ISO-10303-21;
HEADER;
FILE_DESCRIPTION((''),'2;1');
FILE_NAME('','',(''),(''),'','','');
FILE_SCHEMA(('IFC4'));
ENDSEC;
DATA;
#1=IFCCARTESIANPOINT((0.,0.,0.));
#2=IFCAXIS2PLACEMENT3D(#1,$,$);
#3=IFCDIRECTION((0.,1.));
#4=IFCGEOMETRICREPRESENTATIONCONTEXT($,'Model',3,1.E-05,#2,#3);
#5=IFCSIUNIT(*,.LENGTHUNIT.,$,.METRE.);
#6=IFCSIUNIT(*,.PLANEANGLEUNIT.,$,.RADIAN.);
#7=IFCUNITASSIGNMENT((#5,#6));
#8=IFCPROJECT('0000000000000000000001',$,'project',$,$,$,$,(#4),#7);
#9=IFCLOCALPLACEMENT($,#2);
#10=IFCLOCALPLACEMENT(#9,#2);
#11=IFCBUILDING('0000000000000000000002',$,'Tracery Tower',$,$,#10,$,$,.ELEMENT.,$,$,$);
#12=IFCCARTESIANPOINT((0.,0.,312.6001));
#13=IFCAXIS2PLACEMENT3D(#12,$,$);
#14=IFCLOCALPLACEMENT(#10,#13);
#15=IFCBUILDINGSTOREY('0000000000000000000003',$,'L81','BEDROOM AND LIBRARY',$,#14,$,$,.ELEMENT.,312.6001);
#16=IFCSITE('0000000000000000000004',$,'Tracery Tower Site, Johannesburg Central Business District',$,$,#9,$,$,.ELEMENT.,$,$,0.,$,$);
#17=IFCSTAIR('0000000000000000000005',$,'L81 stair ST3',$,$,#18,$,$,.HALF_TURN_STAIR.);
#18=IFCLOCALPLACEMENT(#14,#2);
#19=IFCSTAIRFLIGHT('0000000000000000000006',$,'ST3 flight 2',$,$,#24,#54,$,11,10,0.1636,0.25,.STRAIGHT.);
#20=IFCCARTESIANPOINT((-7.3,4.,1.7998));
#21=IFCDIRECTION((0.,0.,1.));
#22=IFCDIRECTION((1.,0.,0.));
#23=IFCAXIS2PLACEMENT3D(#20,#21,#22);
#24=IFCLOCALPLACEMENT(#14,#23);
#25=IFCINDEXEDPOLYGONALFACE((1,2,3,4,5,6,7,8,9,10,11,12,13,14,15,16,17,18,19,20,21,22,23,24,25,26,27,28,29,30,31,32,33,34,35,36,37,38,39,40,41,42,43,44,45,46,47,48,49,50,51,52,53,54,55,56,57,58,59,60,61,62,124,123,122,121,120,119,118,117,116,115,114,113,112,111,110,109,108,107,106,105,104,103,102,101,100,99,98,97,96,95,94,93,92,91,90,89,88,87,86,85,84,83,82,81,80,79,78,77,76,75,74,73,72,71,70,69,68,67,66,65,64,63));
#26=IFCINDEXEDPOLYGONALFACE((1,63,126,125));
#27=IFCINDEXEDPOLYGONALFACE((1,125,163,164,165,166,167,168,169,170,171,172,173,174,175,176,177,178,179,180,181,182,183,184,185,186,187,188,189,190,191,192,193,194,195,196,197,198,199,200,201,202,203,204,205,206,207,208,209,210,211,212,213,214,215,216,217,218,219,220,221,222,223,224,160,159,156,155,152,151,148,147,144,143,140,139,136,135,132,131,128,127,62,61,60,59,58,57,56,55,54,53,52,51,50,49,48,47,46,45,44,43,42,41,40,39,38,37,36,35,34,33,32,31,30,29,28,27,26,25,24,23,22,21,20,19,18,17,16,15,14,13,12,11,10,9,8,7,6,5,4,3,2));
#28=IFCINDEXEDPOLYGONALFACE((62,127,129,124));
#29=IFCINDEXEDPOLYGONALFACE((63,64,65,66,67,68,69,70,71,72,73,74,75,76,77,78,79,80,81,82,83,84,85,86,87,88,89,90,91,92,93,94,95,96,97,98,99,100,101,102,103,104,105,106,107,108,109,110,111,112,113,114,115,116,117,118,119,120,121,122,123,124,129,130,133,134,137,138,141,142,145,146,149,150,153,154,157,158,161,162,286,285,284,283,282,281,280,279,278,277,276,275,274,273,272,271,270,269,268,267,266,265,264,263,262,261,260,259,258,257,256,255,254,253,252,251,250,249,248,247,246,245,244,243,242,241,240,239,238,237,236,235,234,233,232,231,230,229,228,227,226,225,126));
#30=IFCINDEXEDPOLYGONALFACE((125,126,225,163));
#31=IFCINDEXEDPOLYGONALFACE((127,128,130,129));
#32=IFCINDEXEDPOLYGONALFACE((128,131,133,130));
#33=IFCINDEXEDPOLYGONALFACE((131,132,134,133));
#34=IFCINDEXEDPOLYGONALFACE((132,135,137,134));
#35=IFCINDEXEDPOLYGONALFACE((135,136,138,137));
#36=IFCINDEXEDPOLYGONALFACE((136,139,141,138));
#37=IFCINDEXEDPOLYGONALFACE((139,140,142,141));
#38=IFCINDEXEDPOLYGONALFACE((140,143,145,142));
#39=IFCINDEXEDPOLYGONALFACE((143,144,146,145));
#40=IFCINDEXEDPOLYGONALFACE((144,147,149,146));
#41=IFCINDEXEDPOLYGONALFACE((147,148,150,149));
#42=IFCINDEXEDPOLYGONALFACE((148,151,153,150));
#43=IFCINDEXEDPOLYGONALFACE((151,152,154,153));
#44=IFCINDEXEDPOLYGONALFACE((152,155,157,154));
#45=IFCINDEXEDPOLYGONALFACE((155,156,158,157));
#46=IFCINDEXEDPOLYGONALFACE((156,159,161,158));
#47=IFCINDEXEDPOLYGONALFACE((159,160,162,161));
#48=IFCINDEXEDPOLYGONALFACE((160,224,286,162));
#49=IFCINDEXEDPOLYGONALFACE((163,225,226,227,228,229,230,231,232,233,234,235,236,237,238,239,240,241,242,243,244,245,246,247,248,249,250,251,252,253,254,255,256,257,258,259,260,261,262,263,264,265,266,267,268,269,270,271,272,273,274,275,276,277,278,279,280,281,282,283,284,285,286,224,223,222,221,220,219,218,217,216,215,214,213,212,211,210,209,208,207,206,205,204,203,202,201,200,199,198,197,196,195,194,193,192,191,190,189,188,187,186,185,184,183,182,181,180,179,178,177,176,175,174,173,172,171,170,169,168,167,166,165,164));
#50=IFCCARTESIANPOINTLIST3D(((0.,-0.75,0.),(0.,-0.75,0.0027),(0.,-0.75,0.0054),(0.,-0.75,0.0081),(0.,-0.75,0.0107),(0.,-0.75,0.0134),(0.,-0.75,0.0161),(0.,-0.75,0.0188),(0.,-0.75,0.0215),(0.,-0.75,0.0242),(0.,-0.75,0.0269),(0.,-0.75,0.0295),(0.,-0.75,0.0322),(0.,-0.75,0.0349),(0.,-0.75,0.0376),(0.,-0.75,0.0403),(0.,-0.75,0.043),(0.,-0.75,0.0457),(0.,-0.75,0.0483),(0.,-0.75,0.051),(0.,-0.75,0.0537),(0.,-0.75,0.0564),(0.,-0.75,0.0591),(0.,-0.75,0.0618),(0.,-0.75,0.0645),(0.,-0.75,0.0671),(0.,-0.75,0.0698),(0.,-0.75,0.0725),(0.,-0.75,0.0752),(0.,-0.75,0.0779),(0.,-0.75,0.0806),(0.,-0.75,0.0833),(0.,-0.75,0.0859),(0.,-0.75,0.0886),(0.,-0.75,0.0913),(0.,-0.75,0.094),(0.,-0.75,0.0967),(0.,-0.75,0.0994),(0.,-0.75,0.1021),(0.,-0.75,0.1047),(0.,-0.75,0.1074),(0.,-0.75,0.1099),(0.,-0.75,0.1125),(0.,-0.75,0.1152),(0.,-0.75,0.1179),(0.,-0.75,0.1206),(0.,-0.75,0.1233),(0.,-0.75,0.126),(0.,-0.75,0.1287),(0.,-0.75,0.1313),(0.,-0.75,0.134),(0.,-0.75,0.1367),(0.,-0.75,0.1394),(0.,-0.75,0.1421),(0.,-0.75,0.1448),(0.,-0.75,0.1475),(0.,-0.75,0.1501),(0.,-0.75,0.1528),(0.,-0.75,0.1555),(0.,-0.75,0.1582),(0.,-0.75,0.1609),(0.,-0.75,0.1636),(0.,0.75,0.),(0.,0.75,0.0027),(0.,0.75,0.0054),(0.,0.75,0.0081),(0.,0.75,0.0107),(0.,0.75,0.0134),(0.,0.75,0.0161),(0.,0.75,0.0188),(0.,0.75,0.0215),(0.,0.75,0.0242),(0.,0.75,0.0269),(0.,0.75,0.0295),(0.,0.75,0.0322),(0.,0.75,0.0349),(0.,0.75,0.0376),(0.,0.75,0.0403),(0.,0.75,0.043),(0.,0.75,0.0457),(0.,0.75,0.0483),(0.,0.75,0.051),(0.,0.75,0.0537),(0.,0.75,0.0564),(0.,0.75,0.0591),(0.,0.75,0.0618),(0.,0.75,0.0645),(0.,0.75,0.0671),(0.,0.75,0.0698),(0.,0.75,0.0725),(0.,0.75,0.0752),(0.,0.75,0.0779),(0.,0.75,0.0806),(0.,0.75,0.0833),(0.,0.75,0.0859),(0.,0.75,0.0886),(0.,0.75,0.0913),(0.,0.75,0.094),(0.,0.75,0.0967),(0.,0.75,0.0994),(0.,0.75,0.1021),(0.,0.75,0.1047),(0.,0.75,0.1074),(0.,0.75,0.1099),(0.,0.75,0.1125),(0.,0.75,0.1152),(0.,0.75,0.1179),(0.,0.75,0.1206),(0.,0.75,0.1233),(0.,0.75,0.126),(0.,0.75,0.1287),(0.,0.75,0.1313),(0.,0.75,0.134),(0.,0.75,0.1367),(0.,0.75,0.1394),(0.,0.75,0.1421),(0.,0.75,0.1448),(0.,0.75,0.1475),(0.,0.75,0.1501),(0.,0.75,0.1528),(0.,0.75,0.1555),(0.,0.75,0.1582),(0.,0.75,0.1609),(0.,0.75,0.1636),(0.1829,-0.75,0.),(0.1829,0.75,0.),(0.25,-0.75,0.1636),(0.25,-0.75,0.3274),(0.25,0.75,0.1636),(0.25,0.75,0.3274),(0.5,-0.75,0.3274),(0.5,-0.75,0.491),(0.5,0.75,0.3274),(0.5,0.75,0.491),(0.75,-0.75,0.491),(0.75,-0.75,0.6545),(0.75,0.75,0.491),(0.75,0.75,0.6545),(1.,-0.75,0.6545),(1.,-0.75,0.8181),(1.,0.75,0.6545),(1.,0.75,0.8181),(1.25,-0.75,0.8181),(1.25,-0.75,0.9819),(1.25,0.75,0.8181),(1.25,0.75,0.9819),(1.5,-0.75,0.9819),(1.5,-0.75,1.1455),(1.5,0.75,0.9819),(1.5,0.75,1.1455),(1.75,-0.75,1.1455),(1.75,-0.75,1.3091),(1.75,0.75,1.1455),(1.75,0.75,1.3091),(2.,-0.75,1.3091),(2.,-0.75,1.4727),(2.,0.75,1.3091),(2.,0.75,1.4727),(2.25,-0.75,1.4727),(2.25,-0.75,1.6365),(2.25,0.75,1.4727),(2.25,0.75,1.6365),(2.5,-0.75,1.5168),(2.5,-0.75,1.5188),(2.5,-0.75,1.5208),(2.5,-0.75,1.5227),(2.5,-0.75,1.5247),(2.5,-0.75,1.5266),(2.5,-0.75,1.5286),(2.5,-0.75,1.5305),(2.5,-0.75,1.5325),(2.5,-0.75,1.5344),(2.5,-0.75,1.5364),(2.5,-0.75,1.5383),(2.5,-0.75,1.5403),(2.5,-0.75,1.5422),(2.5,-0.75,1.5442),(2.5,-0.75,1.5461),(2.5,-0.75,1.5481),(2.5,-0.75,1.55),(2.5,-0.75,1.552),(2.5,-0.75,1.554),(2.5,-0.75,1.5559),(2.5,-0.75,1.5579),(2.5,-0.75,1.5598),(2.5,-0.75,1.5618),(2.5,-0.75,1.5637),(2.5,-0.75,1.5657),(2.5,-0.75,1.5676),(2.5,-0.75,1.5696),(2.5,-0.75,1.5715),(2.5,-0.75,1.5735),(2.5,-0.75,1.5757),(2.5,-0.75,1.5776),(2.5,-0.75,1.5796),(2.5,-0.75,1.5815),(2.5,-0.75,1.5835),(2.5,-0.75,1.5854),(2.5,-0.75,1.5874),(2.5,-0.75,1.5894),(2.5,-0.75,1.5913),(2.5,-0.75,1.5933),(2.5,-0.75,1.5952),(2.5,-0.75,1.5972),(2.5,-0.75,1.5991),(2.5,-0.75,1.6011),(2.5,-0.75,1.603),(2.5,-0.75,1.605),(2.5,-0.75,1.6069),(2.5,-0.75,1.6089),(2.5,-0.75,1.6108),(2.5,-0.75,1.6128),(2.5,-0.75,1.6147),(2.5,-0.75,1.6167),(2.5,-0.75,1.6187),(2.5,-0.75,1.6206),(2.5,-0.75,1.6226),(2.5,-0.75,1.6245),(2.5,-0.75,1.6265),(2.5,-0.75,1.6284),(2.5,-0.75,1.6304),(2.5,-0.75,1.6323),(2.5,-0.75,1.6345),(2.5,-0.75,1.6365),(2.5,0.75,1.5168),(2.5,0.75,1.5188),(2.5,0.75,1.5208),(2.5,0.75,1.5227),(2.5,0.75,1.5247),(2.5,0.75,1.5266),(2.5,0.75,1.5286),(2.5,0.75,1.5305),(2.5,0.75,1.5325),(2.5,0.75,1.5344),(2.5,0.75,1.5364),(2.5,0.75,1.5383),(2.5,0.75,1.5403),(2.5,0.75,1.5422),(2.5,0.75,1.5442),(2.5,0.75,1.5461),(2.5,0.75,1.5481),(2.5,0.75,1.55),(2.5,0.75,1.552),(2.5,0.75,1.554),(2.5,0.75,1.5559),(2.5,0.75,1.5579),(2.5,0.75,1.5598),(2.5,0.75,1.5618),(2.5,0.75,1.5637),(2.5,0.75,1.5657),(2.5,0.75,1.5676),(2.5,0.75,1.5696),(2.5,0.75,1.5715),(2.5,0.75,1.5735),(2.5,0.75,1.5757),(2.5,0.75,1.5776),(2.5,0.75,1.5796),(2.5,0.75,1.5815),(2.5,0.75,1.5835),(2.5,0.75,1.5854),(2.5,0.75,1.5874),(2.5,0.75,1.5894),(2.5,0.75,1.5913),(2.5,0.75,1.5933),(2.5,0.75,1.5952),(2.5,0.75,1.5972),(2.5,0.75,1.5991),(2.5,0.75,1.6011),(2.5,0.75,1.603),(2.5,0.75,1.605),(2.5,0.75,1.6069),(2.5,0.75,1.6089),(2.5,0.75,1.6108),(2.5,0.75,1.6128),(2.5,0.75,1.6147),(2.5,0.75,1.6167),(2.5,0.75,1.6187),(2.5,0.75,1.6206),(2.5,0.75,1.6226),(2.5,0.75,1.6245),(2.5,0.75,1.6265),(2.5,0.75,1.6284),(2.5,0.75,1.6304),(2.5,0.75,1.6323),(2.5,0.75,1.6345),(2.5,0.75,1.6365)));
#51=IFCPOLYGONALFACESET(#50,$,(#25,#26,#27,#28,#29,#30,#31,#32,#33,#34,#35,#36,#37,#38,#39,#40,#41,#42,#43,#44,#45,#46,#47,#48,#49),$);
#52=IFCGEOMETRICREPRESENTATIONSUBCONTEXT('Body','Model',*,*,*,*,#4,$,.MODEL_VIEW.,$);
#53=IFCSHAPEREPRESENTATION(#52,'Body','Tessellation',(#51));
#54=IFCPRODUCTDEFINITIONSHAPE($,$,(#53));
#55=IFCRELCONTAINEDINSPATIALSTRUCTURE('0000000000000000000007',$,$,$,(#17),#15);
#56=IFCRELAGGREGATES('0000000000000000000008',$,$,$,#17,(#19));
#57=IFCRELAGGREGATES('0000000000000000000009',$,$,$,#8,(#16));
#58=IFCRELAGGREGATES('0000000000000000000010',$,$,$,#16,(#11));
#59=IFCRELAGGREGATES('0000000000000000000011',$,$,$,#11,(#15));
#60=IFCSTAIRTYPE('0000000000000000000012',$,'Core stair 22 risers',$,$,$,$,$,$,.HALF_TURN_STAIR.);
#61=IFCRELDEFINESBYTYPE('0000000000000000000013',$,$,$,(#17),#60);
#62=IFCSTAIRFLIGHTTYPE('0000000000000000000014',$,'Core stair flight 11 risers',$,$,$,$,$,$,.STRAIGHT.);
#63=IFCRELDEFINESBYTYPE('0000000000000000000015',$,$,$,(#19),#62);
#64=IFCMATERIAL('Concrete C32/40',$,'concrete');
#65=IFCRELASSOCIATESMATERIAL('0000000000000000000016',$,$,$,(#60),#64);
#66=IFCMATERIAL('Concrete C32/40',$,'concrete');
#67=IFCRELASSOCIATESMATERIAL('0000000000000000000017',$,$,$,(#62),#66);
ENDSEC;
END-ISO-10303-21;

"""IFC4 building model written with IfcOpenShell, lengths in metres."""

from ifc_helpers import new_model, si_unit, direction, frame, origin, place, context, subcontext, project, spatial, polyline, outline, extrude, material, type_object, element, aggregate, save


model = new_model("IFC4")

# Units and contexts
model_context = context("Model", 3, precision=1e-05, world=origin(), true_north=direction((0.0, 1.0)))
body_context = subcontext(model_context, "Body", "Model", "MODEL_VIEW")
ifc_project = project(units=[si_unit("LENGTHUNIT", "METRE"), si_unit("PLANEANGLEUNIT", "RADIAN")], contexts=[model_context])

# Site, building, storey
site_placement = place(None, origin())
site = spatial("IfcSite", under=ifc_project, at=site_placement, Name="Tracery Tower Site, Johannesburg Central Business District", CompositionType="ELEMENT", RefElevation=0.0)
building_placement = place(site_placement, origin())
building = spatial("IfcBuilding", under=site, at=building_placement, Name="Tracery Tower", CompositionType="ELEMENT")
storey_placement = place(building_placement, frame((0.0, 0.0, 312.6001)))
storey = spatial("IfcBuildingStorey", under=building, at=storey_placement, Name="L81", Description="BEDROOM AND LIBRARY", CompositionType="ELEMENT", Elevation=312.6001)

# Stair, stair flight
ifc_material_1 = material(Name="Concrete C32/40", Category="concrete")
stair_type = type_object("IfcStairType", Name="Core stair 22 risers", PredefinedType="HALF_TURN_STAIR", material=ifc_material_1)
stair_placement = place(storey_placement, origin())
stair = element("IfcStair", 1, at=stair_placement, inside=storey, type_object=stair_type, Name="L81 stair ST3", PredefinedType="HALF_TURN_STAIR")
ifc_material_2 = material(Name="Concrete C32/40", Category="concrete")
stair_flight_type = type_object("IfcStairFlightType", Name="Core stair flight 11 risers", PredefinedType="STRAIGHT", material=ifc_material_2)
stair_flight_1_placement = place(storey_placement, frame((-7.3, 4.0, 1.7998), z_axis=(0.0, 0.0, 1.0), x_axis=(1.0, 0.0, 0.0)))
stair_flight_1 = element("IfcStairFlight", 2, at=stair_flight_1_placement, type_object=stair_flight_type, Name="ST3 flight 2", NumberOfRisers=11, NumberOfTreads=10, PredefinedType="STRAIGHT", RiserHeight=0.1636, TreadLength=0.25, context=body_context, shape_type="SweptSolid", body=[
    extrude(outline(polyline([(0.0, 0.0), (0.0, 0.0027), (0.0, 0.0054), (0.0, 0.0081), (0.0, 0.0107), (0.0, 0.0134), (0.0, 0.0161), (0.0, 0.0188), (0.0, 0.0215), (0.0, 0.0242), (0.0, 0.0269), (0.0, 0.0295), (0.0, 0.0322), (0.0, 0.0349), (0.0, 0.0376), (0.0, 0.0403), (0.0, 0.043), (0.0, 0.0457), (0.0, 0.0483), (0.0, 0.051), (0.0, 0.0537), (0.0, 0.0564), (0.0, 0.0591), (0.0, 0.0618), (0.0, 0.0645), (0.0, 0.0671), (0.0, 0.0698), (0.0, 0.0725), (0.0, 0.0752), (0.0, 0.0779), (0.0, 0.0806), (0.0, 0.0833), (0.0, 0.0859), (0.0, 0.0886), (0.0, 0.0913), (0.0, 0.094), (0.0, 0.0967), (0.0, 0.0994), (0.0, 0.1021), (0.0, 0.1047), (0.0, 0.1074), (0.0, 0.1099), (0.0, 0.1125), (0.0, 0.1152), (0.0, 0.1179), (0.0, 0.1206), (0.0, 0.1233), (0.0, 0.126), (0.0, 0.1287), (0.0, 0.1313), (0.0, 0.134), (0.0, 0.1367), (0.0, 0.1394), (0.0, 0.1421), (0.0, 0.1448), (0.0, 0.1475), (0.0, 0.1501), (0.0, 0.1528), (0.0, 0.1555), (0.0, 0.1582), (0.0, 0.1609), (0.0, 0.1636), (0.25, 0.1636), (0.25, 0.3274), (0.5, 0.3274), (0.5, 0.491), (0.75, 0.491), (0.75, 0.6545), (1.0, 0.6545), (1.0, 0.8181), (1.25, 0.8181), (1.25, 0.9819), (1.5, 0.9819), (1.5, 1.1455), (1.75, 1.1455), (1.75, 1.3091), (2.0, 1.3091), (2.0, 1.4727), (2.25, 1.4727), (2.25, 1.6365), (2.5, 1.6365), (2.5, 1.6345), (2.5, 1.6323), (2.5, 1.6304), (2.5, 1.6284), (2.5, 1.6265), (2.5, 1.6245), (2.5, 1.6226), (2.5, 1.6206), (2.5, 1.6187), (2.5, 1.6167), (2.5, 1.6147), (2.5, 1.6128), (2.5, 1.6108), (2.5, 1.6089), (2.5, 1.6069), (2.5, 1.605), (2.5, 1.603), (2.5, 1.6011), (2.5, 1.5991), (2.5, 1.5972), (2.5, 1.5952), (2.5, 1.5933), (2.5, 1.5913), (2.5, 1.5894), (2.5, 1.5874), (2.5, 1.5854), (2.5, 1.5835), (2.5, 1.5815), (2.5, 1.5796), (2.5, 1.5776), (2.5, 1.5757), (2.5, 1.5735), (2.5, 1.5715), (2.5, 1.5696), (2.5, 1.5676), (2.5, 1.5657), (2.5, 1.5637), (2.5, 1.5618), (2.5, 1.5598), (2.5, 1.5579), (2.5, 1.5559), (2.5, 1.554), (2.5, 1.552), (2.5, 1.55), (2.5, 1.5481), (2.5, 1.5461), (2.5, 1.5442), (2.5, 1.5422), (2.5, 1.5403), (2.5, 1.5383), (2.5, 1.5364), (2.5, 1.5344), (2.5, 1.5325), (2.5, 1.5305), (2.5, 1.5286), (2.5, 1.5266), (2.5, 1.5247), (2.5, 1.5227), (2.5, 1.5208), (2.5, 1.5188), (2.5, 1.5168), (0.1829, 0.0), (0.0, 0.0)])), frame((0.0, 0.75, 0.0), z_axis=(0.0, -1.0, 0.0), x_axis=(1.0, 0.0, 0.0)), (0.0, 0.0, 1.0), 1.5),
])
aggregate(stair, [stair_flight_1])

save(model, "model.ifc")
